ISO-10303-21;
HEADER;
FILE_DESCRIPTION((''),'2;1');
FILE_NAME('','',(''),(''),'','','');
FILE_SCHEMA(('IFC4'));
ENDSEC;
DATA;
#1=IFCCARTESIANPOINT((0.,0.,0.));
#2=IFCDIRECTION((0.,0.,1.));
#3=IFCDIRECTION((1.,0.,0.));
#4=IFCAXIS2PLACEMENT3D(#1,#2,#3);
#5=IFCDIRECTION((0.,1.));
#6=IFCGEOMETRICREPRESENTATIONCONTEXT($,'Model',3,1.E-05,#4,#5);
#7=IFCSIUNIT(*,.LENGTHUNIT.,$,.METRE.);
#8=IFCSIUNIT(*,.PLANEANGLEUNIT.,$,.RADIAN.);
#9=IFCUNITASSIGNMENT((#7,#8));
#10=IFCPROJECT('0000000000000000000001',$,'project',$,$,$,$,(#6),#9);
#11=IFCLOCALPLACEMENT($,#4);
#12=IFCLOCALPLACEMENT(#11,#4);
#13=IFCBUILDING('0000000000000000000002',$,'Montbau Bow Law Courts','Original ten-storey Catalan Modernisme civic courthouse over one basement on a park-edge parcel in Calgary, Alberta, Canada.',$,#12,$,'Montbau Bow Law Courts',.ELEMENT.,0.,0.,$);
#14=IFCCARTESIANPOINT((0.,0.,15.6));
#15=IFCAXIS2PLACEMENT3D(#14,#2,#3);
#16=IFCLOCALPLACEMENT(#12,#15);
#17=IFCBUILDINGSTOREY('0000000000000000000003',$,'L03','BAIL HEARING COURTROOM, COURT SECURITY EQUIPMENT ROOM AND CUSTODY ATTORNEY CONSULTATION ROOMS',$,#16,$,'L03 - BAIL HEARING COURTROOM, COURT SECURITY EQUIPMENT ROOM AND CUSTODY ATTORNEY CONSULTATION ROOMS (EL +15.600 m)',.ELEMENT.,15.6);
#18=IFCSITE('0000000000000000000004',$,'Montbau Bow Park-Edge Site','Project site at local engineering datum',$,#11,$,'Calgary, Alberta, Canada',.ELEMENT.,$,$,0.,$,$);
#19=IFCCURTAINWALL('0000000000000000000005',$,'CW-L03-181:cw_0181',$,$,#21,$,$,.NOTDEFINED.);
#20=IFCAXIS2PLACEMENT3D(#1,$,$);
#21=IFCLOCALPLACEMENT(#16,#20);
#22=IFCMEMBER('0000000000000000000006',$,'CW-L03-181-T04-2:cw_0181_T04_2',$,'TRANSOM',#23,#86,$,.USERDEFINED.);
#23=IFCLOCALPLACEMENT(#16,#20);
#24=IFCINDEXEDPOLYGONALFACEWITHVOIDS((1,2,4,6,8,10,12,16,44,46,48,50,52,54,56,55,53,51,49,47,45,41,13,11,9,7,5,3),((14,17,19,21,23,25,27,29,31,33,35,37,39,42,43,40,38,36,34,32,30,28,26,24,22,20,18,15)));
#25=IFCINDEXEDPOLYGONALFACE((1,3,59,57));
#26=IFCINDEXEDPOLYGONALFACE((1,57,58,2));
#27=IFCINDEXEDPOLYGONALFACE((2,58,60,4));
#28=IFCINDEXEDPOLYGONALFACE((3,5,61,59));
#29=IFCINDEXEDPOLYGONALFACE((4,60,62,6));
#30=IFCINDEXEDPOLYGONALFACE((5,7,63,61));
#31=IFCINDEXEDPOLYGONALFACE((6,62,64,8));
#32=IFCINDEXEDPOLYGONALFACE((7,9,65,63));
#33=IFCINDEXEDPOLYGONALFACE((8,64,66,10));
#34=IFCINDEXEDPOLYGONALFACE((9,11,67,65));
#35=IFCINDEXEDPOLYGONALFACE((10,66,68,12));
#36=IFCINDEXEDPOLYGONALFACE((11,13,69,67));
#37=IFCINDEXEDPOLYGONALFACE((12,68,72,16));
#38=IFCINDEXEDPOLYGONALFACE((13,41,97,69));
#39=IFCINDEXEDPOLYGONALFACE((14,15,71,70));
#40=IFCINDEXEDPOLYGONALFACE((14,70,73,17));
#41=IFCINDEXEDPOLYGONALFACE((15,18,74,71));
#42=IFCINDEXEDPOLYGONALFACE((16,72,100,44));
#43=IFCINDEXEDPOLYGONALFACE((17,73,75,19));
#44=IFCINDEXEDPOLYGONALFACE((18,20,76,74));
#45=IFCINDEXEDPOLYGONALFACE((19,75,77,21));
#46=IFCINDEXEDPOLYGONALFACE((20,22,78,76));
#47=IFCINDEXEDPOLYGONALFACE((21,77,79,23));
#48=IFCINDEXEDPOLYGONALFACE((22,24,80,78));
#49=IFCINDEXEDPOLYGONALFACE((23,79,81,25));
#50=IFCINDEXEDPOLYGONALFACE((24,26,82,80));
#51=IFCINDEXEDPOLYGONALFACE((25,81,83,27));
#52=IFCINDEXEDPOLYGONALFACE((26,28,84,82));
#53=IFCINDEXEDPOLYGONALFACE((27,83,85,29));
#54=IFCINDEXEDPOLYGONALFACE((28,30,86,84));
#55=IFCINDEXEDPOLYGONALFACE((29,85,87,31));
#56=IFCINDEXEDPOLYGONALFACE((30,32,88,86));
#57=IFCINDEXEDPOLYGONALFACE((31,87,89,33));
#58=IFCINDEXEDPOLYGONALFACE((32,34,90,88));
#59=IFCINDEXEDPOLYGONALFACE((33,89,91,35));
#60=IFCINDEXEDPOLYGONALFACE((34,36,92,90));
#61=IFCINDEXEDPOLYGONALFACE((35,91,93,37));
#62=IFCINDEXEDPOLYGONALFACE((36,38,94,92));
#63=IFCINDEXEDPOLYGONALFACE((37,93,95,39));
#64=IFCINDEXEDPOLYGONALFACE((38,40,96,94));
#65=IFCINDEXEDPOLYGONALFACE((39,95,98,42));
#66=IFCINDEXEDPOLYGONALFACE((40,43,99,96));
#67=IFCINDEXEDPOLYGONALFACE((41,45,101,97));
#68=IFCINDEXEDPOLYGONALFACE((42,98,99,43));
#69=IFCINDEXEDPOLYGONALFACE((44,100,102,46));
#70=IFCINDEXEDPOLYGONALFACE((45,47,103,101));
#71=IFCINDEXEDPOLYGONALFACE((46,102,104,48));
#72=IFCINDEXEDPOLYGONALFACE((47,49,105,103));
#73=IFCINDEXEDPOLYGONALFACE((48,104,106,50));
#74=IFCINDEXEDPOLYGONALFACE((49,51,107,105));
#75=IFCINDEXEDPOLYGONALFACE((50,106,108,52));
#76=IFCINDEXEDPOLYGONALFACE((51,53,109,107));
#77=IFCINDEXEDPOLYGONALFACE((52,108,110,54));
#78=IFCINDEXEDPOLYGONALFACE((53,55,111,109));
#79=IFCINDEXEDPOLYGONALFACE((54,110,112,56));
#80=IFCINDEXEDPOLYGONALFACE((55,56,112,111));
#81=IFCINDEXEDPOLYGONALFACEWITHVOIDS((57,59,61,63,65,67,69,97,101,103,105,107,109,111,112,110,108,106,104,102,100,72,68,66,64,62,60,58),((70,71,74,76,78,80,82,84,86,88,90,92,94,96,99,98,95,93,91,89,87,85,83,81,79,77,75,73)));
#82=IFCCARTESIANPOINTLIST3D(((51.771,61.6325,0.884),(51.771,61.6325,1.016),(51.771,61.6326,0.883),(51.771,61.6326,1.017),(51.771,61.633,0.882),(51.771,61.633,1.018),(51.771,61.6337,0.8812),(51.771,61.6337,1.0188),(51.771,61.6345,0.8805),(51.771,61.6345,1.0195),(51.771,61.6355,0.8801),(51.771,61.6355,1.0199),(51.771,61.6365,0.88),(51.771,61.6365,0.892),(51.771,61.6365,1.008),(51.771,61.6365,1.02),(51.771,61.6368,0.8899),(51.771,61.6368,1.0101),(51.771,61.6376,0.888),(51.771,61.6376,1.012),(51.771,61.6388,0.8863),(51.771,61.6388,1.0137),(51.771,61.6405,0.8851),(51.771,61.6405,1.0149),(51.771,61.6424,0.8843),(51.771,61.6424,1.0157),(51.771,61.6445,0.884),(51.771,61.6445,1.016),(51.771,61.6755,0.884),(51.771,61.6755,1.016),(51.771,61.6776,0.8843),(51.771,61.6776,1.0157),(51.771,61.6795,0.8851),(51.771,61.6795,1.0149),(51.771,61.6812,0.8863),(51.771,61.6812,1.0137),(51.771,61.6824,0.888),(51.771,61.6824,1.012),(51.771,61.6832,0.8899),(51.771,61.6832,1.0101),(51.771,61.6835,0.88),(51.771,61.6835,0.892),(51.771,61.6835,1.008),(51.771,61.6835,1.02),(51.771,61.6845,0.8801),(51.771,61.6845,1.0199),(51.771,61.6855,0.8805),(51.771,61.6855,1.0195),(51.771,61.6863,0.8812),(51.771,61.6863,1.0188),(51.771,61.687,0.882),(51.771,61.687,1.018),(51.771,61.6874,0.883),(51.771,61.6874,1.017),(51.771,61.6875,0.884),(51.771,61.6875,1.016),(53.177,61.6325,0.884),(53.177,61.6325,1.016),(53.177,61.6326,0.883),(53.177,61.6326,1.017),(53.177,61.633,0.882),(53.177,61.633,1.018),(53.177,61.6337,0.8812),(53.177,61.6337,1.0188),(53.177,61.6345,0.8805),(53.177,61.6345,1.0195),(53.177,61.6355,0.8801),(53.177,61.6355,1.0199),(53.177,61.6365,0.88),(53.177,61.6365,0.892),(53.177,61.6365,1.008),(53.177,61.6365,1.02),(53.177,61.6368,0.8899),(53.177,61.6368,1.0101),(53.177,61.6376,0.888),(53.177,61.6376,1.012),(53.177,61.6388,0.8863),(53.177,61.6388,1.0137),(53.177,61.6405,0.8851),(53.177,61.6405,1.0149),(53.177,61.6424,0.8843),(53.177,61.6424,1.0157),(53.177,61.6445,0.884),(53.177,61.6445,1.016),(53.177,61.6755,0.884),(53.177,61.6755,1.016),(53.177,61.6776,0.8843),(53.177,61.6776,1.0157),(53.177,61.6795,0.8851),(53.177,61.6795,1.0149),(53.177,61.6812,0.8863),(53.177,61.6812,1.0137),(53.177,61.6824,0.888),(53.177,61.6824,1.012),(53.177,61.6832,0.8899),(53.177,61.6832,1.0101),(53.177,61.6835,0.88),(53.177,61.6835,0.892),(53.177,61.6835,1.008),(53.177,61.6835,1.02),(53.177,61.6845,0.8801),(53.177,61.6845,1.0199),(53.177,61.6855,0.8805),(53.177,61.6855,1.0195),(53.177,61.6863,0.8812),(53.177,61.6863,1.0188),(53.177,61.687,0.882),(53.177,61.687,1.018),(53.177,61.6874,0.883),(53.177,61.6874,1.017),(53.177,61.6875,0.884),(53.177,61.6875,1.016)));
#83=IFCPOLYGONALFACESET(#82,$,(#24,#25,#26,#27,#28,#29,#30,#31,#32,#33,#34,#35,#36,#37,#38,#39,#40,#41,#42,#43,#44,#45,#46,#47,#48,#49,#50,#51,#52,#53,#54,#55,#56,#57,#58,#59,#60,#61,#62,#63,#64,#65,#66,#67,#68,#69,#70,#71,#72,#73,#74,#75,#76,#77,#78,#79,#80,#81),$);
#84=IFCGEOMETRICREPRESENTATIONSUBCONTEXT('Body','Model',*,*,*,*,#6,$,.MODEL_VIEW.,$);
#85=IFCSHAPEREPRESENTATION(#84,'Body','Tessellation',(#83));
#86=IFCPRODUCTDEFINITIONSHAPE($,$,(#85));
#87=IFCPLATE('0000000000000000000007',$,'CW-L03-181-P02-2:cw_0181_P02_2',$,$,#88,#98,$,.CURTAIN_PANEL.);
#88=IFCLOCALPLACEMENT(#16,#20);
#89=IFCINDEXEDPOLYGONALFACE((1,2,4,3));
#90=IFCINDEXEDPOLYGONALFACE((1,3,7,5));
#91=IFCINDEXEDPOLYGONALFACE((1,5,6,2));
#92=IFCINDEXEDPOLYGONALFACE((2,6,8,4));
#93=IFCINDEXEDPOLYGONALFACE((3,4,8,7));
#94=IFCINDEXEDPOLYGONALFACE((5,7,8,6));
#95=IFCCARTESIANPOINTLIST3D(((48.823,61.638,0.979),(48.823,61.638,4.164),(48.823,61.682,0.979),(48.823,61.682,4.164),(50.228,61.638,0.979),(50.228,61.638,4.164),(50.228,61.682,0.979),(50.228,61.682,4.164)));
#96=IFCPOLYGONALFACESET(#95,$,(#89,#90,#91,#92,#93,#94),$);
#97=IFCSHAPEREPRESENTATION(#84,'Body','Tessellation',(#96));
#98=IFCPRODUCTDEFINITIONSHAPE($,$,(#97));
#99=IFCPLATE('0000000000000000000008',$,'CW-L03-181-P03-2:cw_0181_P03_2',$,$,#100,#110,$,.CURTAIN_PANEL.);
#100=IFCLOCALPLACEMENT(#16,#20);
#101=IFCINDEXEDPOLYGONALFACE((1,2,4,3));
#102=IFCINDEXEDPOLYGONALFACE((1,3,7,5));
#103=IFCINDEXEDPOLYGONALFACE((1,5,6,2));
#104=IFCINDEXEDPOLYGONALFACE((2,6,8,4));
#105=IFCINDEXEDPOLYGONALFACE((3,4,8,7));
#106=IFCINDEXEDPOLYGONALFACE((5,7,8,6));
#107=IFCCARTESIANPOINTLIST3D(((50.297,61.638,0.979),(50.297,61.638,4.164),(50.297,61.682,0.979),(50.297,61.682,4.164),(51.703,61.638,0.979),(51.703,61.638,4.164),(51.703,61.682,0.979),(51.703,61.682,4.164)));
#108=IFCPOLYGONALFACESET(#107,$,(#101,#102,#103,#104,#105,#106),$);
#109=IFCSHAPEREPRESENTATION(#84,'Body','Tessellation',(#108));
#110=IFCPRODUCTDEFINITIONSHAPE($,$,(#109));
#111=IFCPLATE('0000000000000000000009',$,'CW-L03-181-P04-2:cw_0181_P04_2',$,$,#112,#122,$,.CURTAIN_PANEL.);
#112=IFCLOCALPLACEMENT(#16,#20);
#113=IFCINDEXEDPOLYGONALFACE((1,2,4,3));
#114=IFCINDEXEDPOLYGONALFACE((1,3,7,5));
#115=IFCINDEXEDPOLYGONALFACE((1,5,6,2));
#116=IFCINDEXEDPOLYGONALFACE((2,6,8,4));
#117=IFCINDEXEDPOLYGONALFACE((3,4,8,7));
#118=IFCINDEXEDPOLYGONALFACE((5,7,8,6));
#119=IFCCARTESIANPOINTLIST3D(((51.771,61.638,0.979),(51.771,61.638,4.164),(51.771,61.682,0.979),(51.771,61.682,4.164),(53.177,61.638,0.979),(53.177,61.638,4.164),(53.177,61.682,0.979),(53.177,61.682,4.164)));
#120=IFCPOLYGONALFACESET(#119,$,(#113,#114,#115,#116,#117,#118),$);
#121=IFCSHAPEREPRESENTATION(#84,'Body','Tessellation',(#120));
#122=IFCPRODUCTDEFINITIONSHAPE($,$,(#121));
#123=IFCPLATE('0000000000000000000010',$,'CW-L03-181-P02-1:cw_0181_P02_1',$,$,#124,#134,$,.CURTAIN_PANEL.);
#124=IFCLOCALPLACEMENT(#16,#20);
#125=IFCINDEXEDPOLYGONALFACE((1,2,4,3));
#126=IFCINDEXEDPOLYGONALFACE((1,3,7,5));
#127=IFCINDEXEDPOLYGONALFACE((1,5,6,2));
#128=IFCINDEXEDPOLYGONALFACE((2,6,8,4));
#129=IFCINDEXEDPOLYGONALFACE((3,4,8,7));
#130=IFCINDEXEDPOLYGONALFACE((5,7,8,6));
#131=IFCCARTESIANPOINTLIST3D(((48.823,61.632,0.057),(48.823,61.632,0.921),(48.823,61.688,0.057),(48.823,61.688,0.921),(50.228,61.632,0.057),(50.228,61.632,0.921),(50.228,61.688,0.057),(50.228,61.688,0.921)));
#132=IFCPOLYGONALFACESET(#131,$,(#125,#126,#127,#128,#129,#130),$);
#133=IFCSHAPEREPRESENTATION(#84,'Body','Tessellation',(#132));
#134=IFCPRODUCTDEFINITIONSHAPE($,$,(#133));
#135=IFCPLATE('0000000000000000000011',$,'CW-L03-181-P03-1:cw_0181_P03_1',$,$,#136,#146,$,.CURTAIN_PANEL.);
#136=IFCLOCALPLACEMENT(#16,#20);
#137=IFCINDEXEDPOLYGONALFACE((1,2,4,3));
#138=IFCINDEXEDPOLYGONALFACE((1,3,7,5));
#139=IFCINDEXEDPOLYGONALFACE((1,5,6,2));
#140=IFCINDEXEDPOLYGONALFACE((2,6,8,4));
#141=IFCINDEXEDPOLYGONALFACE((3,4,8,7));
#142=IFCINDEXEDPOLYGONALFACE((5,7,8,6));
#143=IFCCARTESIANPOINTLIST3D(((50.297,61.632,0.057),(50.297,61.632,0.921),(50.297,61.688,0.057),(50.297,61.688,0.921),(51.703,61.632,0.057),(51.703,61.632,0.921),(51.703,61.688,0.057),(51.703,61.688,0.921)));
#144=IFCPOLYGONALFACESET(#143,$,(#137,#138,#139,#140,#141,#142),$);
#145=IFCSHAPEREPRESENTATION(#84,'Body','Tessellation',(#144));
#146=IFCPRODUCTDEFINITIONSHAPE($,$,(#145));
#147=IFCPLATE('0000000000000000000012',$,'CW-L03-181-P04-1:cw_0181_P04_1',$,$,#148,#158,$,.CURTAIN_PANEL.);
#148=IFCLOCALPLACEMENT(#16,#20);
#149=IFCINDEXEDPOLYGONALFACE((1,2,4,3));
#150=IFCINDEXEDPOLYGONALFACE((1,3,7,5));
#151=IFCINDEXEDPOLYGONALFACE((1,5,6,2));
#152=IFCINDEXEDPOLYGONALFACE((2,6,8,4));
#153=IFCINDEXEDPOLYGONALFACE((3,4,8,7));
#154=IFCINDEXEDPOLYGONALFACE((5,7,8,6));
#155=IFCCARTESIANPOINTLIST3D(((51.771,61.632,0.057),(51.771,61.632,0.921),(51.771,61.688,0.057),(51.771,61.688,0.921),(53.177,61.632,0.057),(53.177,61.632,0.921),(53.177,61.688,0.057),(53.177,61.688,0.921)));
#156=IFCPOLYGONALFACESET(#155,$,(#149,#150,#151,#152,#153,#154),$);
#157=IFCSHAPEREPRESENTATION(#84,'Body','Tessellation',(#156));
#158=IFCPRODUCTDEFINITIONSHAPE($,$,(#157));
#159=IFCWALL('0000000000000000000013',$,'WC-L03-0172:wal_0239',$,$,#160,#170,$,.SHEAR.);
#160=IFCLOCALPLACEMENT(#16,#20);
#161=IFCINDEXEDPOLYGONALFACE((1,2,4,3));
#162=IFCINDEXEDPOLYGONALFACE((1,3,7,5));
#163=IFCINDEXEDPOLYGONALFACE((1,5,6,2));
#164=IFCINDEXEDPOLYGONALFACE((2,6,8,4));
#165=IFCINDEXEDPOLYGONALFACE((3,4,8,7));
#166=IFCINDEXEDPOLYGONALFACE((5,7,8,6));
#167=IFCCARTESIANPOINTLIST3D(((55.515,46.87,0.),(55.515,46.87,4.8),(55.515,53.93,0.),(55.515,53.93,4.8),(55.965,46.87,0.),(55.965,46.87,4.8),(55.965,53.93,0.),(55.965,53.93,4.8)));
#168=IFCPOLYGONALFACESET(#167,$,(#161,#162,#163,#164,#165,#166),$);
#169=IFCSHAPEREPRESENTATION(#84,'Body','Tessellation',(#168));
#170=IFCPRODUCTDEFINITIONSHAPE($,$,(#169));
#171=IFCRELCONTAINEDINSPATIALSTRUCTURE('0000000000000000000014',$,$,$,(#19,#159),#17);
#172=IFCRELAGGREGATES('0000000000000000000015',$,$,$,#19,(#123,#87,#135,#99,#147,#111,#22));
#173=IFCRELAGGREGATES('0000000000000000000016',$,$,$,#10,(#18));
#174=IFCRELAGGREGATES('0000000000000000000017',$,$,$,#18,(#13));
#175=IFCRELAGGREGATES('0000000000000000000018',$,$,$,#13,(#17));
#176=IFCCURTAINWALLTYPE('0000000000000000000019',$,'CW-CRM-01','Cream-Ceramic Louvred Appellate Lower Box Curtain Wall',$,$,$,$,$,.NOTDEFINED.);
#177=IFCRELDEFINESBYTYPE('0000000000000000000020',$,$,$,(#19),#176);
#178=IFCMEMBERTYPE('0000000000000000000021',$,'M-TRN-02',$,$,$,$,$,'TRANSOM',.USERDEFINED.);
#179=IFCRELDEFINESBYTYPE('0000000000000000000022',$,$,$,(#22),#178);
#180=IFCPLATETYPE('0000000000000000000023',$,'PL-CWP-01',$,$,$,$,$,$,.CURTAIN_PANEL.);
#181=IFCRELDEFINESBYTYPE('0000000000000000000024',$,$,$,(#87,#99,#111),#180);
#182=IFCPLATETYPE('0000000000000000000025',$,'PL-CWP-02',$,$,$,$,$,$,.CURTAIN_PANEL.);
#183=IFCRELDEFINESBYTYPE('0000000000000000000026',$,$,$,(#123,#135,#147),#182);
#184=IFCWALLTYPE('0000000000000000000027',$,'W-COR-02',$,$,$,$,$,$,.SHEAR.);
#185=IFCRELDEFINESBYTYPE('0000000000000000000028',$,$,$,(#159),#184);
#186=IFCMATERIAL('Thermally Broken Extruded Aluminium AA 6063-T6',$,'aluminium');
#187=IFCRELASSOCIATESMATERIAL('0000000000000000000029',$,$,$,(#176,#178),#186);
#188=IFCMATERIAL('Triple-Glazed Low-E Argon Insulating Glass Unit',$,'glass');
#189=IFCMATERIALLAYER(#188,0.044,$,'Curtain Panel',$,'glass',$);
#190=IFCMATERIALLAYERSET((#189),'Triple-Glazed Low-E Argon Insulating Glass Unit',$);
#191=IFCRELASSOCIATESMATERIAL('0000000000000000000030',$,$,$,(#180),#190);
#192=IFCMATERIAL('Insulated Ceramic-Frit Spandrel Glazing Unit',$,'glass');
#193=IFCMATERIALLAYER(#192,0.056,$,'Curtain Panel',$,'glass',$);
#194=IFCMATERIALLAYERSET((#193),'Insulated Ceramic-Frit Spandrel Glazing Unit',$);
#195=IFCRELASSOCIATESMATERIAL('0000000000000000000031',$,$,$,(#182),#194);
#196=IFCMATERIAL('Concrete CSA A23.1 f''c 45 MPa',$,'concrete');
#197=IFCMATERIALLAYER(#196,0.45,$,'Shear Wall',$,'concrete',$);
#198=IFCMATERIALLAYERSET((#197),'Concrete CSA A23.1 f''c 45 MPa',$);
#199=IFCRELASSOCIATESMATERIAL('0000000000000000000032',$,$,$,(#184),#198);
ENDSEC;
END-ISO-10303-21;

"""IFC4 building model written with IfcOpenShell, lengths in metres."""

from ifc_helpers import new_model, si_unit, direction, frame, frame_2d, origin_with_axes, origin_2d_with_axis, place, context, subcontext, project, spatial, rectangle, hollow_rectangle, extrude, material, layer, layer_set, material_profile, profile_set, type_object, element, aggregate, save


model = new_model("IFC4")

# Units and contexts
model_context = context("Model", 3, precision=1e-05, world=origin_with_axes(), true_north=direction((0.0, 1.0)))
body_context = subcontext(model_context, "Body", "Model", "MODEL_VIEW")
ifc_project = project(units=[si_unit("LENGTHUNIT", "METRE"), si_unit("PLANEANGLEUNIT", "RADIAN")], contexts=[model_context])

# Site, building, storey
site_placement = place(None, origin_with_axes())
site = spatial("IfcSite", under=ifc_project, at=site_placement, Name="Montbau Bow Park-Edge Site", Description="Project site at local engineering datum", LongName="Calgary, Alberta, Canada", CompositionType="ELEMENT", RefElevation=0.0)
building_placement = place(site_placement, origin_with_axes())
building = spatial("IfcBuilding", under=site, at=building_placement, Name="Montbau Bow Law Courts", Description="Original ten-storey Catalan Modernisme civic courthouse over one basement on a park-edge parcel in Calgary, Alberta, Canada.", LongName="Montbau Bow Law Courts", CompositionType="ELEMENT", ElevationOfRefHeight=0.0, ElevationOfTerrain=0.0)
storey_placement = place(building_placement, frame((0.0, 0.0, 15.6), z_axis=(0.0, 0.0, 1.0), x_axis=(1.0, 0.0, 0.0)))
storey = spatial("IfcBuildingStorey", under=building, at=storey_placement, Name="L03", Description="BAIL HEARING COURTROOM, COURT SECURITY EQUIPMENT ROOM AND CUSTODY ATTORNEY CONSULTATION ROOMS", LongName="L03 - BAIL HEARING COURTROOM, COURT SECURITY EQUIPMENT ROOM AND CUSTODY ATTORNEY CONSULTATION ROOMS (EL +15.600 m)", CompositionType="ELEMENT", Elevation=15.6)

# Curtain wall, member, plates
ifc_material_1 = material(Name="Thermally Broken Extruded Aluminium AA 6063-T6", Category="aluminium")
curtain_wall_type = type_object("IfcCurtainWallType", Name="CW-CRM-01", Description="Cream-Ceramic Louvred Appellate Lower Box Curtain Wall", PredefinedType="NOTDEFINED", material=ifc_material_1)
curtain_wall_placement = place(None, frame((47.315, 61.66, 15.6), z_axis=(0.0, 0.0, 1.0), x_axis=(1.0, 0.0, 0.0)))
curtain_wall = element("IfcCurtainWall", 1, at=curtain_wall_placement, inside=storey, type_object=curtain_wall_type, Name="CW-L03-181:cw_0181", PredefinedType="NOTDEFINED")
ifc_material_profile_1 = material_profile(ifc_material_1, hollow_rectangle(XDim=0.055, YDim=0.14, WallThickness=0.004, InnerFilletRadius=0.008, OuterFilletRadius=0.004, at=origin_2d_with_axis()), Name="CWT-140X55", Category="Main", Priority=0)
ifc_profile_set_1 = profile_set([ifc_material_profile_1], Name="Thermally Broken Extruded Aluminium AA 6063-T6")
member_type_1 = type_object("IfcMemberType", Name="M-TRN-02", ElementType="TRANSOM", PredefinedType="USERDEFINED", material=ifc_profile_set_1)
member_1_placement = place(None, frame((51.771, 61.66, 16.55), z_axis=(1.0, 0.0, 0.0), x_axis=(0.0, 1.0, 0.0)))
member_1 = element("IfcMember", 2, at=member_1_placement, type_object=member_type_1, Name="CW-L03-181-T04-2:cw_0181_T04_2", ObjectType="TRANSOM", PredefinedType="USERDEFINED", context=body_context, shape_type="SweptSolid", body=[
    extrude(hollow_rectangle(XDim=0.055, YDim=0.14, WallThickness=0.004, InnerFilletRadius=0.008, OuterFilletRadius=0.004, at=origin_2d_with_axis()), origin_with_axes(), (0.0, 0.0, 1.0), 1.406),
])
ifc_material_2 = material(Name="Triple-Glazed Low-E Argon Insulating Glass Unit", Category="glass")
ifc_layer_1 = layer(ifc_material_2, 0.044, Name="Curtain Panel", Category="glass")
ifc_layer_set_1 = layer_set([ifc_layer_1], Name="Triple-Glazed Low-E Argon Insulating Glass Unit")
plate_type_1 = type_object("IfcPlateType", Name="PL-CWP-01", PredefinedType="CURTAIN_PANEL", material=ifc_layer_set_1)
plate_1_placement = place(None, frame((48.823, 61.66, 16.579), z_axis=(0.0, -1.0, 0.0), x_axis=(1.0, 0.0, 0.0)))
plate_1 = element("IfcPlate", 3, at=plate_1_placement, type_object=plate_type_1, Name="CW-L03-181-P02-2:cw_0181_P02_2", PredefinedType="CURTAIN_PANEL", context=body_context, shape_type="SweptSolid", body=[
    extrude(rectangle(XDim=1.405, YDim=3.185, at=frame_2d((0.7025, 1.5925), x_axis=(1.0, 0.0))), frame((0.0, 0.0, -0.022), z_axis=(0.0, 0.0, 1.0), x_axis=(1.0, 0.0, 0.0)), (0.0, 0.0, 1.0), 0.044),
])
plate_2_placement = place(None, frame((50.297, 61.66, 16.579), z_axis=(0.0, -1.0, 0.0), x_axis=(1.0, 0.0, 0.0)))
plate_2 = element("IfcPlate", 4, at=plate_2_placement, type_object=plate_type_1, Name="CW-L03-181-P03-2:cw_0181_P03_2", PredefinedType="CURTAIN_PANEL", context=body_context, shape_type="SweptSolid", body=[
    extrude(rectangle(XDim=1.406, YDim=3.185, at=frame_2d((0.703, 1.5925), x_axis=(1.0, 0.0))), frame((0.0, 0.0, -0.022), z_axis=(0.0, 0.0, 1.0), x_axis=(1.0, 0.0, 0.0)), (0.0, 0.0, 1.0), 0.044),
])
plate_3_placement = place(None, frame((51.771, 61.66, 16.579), z_axis=(0.0, -1.0, 0.0), x_axis=(1.0, 0.0, 0.0)))
plate_3 = element("IfcPlate", 5, at=plate_3_placement, type_object=plate_type_1, Name="CW-L03-181-P04-2:cw_0181_P04_2", PredefinedType="CURTAIN_PANEL", context=body_context, shape_type="SweptSolid", body=[
    extrude(rectangle(XDim=1.406, YDim=3.185, at=frame_2d((0.703, 1.5925), x_axis=(1.0, 0.0))), frame((0.0, 0.0, -0.022), z_axis=(0.0, 0.0, 1.0), x_axis=(1.0, 0.0, 0.0)), (0.0, 0.0, 1.0), 0.044),
])
ifc_material_3 = material(Name="Insulated Ceramic-Frit Spandrel Glazing Unit", Category="glass")
ifc_layer_2 = layer(ifc_material_3, 0.056, Name="Curtain Panel", Category="glass")
ifc_layer_set_2 = layer_set([ifc_layer_2], Name="Insulated Ceramic-Frit Spandrel Glazing Unit")
plate_type_2 = type_object("IfcPlateType", Name="PL-CWP-02", PredefinedType="CURTAIN_PANEL", material=ifc_layer_set_2)
plate_4_placement = place(None, frame((48.823, 61.66, 15.657), z_axis=(0.0, -1.0, 0.0), x_axis=(1.0, 0.0, 0.0)))
plate_4 = element("IfcPlate", 6, at=plate_4_placement, type_object=plate_type_2, Name="CW-L03-181-P02-1:cw_0181_P02_1", PredefinedType="CURTAIN_PANEL", context=body_context, shape_type="SweptSolid", body=[
    extrude(rectangle(XDim=1.405, YDim=0.864, at=frame_2d((0.7025, 0.432), x_axis=(1.0, 0.0))), frame((0.0, 0.0, -0.028), z_axis=(0.0, 0.0, 1.0), x_axis=(1.0, 0.0, 0.0)), (0.0, 0.0, 1.0), 0.056),
])
plate_5_placement = place(None, frame((50.297, 61.66, 15.657), z_axis=(0.0, -1.0, 0.0), x_axis=(1.0, 0.0, 0.0)))
plate_5 = element("IfcPlate", 7, at=plate_5_placement, type_object=plate_type_2, Name="CW-L03-181-P03-1:cw_0181_P03_1", PredefinedType="CURTAIN_PANEL", context=body_context, shape_type="SweptSolid", body=[
    extrude(rectangle(XDim=1.406, YDim=0.864, at=frame_2d((0.703, 0.432), x_axis=(1.0, 0.0))), frame((0.0, 0.0, -0.028), z_axis=(0.0, 0.0, 1.0), x_axis=(1.0, 0.0, 0.0)), (0.0, 0.0, 1.0), 0.056),
])
plate_6_placement = place(None, frame((51.771, 61.66, 15.657), z_axis=(0.0, -1.0, 0.0), x_axis=(1.0, 0.0, 0.0)))
plate_6 = element("IfcPlate", 8, at=plate_6_placement, type_object=plate_type_2, Name="CW-L03-181-P04-1:cw_0181_P04_1", PredefinedType="CURTAIN_PANEL", context=body_context, shape_type="SweptSolid", body=[
    extrude(rectangle(XDim=1.406, YDim=0.864, at=frame_2d((0.703, 0.432), x_axis=(1.0, 0.0))), frame((0.0, 0.0, -0.028), z_axis=(0.0, 0.0, 1.0), x_axis=(1.0, 0.0, 0.0)), (0.0, 0.0, 1.0), 0.056),
])
aggregate(curtain_wall, [plate_4, plate_1, plate_5, plate_2, plate_6, plate_3, member_1])

# Wall
ifc_material_4 = material(Name="Concrete CSA A23.1 f'c 45 MPa", Category="concrete")
ifc_layer_3 = layer(ifc_material_4, 0.45, Name="Shear Wall", Category="concrete")
ifc_layer_set_3 = layer_set([ifc_layer_3], Name="Concrete CSA A23.1 f'c 45 MPa")
wall_type_1 = type_object("IfcWallType", Name="W-COR-02", PredefinedType="SHEAR", material=ifc_layer_set_3)
wall_1_placement = place(None, frame((55.74, 53.93, 15.6), z_axis=(0.0, 0.0, 1.0), x_axis=(0.0, -1.0, 0.0)))
element("IfcWall", 9, at=wall_1_placement, inside=storey, type_object=wall_type_1, Name="WC-L03-0172:wal_0239", PredefinedType="SHEAR", context=body_context, shape_type="SweptSolid", body=[
    extrude(rectangle(XDim=7.06, YDim=0.45, at=frame_2d((3.53, 0.0), x_axis=(1.0, 0.0))), origin_with_axes(), (0.0, 0.0, 1.0), 4.8),
])

save(model, "model.ifc")
